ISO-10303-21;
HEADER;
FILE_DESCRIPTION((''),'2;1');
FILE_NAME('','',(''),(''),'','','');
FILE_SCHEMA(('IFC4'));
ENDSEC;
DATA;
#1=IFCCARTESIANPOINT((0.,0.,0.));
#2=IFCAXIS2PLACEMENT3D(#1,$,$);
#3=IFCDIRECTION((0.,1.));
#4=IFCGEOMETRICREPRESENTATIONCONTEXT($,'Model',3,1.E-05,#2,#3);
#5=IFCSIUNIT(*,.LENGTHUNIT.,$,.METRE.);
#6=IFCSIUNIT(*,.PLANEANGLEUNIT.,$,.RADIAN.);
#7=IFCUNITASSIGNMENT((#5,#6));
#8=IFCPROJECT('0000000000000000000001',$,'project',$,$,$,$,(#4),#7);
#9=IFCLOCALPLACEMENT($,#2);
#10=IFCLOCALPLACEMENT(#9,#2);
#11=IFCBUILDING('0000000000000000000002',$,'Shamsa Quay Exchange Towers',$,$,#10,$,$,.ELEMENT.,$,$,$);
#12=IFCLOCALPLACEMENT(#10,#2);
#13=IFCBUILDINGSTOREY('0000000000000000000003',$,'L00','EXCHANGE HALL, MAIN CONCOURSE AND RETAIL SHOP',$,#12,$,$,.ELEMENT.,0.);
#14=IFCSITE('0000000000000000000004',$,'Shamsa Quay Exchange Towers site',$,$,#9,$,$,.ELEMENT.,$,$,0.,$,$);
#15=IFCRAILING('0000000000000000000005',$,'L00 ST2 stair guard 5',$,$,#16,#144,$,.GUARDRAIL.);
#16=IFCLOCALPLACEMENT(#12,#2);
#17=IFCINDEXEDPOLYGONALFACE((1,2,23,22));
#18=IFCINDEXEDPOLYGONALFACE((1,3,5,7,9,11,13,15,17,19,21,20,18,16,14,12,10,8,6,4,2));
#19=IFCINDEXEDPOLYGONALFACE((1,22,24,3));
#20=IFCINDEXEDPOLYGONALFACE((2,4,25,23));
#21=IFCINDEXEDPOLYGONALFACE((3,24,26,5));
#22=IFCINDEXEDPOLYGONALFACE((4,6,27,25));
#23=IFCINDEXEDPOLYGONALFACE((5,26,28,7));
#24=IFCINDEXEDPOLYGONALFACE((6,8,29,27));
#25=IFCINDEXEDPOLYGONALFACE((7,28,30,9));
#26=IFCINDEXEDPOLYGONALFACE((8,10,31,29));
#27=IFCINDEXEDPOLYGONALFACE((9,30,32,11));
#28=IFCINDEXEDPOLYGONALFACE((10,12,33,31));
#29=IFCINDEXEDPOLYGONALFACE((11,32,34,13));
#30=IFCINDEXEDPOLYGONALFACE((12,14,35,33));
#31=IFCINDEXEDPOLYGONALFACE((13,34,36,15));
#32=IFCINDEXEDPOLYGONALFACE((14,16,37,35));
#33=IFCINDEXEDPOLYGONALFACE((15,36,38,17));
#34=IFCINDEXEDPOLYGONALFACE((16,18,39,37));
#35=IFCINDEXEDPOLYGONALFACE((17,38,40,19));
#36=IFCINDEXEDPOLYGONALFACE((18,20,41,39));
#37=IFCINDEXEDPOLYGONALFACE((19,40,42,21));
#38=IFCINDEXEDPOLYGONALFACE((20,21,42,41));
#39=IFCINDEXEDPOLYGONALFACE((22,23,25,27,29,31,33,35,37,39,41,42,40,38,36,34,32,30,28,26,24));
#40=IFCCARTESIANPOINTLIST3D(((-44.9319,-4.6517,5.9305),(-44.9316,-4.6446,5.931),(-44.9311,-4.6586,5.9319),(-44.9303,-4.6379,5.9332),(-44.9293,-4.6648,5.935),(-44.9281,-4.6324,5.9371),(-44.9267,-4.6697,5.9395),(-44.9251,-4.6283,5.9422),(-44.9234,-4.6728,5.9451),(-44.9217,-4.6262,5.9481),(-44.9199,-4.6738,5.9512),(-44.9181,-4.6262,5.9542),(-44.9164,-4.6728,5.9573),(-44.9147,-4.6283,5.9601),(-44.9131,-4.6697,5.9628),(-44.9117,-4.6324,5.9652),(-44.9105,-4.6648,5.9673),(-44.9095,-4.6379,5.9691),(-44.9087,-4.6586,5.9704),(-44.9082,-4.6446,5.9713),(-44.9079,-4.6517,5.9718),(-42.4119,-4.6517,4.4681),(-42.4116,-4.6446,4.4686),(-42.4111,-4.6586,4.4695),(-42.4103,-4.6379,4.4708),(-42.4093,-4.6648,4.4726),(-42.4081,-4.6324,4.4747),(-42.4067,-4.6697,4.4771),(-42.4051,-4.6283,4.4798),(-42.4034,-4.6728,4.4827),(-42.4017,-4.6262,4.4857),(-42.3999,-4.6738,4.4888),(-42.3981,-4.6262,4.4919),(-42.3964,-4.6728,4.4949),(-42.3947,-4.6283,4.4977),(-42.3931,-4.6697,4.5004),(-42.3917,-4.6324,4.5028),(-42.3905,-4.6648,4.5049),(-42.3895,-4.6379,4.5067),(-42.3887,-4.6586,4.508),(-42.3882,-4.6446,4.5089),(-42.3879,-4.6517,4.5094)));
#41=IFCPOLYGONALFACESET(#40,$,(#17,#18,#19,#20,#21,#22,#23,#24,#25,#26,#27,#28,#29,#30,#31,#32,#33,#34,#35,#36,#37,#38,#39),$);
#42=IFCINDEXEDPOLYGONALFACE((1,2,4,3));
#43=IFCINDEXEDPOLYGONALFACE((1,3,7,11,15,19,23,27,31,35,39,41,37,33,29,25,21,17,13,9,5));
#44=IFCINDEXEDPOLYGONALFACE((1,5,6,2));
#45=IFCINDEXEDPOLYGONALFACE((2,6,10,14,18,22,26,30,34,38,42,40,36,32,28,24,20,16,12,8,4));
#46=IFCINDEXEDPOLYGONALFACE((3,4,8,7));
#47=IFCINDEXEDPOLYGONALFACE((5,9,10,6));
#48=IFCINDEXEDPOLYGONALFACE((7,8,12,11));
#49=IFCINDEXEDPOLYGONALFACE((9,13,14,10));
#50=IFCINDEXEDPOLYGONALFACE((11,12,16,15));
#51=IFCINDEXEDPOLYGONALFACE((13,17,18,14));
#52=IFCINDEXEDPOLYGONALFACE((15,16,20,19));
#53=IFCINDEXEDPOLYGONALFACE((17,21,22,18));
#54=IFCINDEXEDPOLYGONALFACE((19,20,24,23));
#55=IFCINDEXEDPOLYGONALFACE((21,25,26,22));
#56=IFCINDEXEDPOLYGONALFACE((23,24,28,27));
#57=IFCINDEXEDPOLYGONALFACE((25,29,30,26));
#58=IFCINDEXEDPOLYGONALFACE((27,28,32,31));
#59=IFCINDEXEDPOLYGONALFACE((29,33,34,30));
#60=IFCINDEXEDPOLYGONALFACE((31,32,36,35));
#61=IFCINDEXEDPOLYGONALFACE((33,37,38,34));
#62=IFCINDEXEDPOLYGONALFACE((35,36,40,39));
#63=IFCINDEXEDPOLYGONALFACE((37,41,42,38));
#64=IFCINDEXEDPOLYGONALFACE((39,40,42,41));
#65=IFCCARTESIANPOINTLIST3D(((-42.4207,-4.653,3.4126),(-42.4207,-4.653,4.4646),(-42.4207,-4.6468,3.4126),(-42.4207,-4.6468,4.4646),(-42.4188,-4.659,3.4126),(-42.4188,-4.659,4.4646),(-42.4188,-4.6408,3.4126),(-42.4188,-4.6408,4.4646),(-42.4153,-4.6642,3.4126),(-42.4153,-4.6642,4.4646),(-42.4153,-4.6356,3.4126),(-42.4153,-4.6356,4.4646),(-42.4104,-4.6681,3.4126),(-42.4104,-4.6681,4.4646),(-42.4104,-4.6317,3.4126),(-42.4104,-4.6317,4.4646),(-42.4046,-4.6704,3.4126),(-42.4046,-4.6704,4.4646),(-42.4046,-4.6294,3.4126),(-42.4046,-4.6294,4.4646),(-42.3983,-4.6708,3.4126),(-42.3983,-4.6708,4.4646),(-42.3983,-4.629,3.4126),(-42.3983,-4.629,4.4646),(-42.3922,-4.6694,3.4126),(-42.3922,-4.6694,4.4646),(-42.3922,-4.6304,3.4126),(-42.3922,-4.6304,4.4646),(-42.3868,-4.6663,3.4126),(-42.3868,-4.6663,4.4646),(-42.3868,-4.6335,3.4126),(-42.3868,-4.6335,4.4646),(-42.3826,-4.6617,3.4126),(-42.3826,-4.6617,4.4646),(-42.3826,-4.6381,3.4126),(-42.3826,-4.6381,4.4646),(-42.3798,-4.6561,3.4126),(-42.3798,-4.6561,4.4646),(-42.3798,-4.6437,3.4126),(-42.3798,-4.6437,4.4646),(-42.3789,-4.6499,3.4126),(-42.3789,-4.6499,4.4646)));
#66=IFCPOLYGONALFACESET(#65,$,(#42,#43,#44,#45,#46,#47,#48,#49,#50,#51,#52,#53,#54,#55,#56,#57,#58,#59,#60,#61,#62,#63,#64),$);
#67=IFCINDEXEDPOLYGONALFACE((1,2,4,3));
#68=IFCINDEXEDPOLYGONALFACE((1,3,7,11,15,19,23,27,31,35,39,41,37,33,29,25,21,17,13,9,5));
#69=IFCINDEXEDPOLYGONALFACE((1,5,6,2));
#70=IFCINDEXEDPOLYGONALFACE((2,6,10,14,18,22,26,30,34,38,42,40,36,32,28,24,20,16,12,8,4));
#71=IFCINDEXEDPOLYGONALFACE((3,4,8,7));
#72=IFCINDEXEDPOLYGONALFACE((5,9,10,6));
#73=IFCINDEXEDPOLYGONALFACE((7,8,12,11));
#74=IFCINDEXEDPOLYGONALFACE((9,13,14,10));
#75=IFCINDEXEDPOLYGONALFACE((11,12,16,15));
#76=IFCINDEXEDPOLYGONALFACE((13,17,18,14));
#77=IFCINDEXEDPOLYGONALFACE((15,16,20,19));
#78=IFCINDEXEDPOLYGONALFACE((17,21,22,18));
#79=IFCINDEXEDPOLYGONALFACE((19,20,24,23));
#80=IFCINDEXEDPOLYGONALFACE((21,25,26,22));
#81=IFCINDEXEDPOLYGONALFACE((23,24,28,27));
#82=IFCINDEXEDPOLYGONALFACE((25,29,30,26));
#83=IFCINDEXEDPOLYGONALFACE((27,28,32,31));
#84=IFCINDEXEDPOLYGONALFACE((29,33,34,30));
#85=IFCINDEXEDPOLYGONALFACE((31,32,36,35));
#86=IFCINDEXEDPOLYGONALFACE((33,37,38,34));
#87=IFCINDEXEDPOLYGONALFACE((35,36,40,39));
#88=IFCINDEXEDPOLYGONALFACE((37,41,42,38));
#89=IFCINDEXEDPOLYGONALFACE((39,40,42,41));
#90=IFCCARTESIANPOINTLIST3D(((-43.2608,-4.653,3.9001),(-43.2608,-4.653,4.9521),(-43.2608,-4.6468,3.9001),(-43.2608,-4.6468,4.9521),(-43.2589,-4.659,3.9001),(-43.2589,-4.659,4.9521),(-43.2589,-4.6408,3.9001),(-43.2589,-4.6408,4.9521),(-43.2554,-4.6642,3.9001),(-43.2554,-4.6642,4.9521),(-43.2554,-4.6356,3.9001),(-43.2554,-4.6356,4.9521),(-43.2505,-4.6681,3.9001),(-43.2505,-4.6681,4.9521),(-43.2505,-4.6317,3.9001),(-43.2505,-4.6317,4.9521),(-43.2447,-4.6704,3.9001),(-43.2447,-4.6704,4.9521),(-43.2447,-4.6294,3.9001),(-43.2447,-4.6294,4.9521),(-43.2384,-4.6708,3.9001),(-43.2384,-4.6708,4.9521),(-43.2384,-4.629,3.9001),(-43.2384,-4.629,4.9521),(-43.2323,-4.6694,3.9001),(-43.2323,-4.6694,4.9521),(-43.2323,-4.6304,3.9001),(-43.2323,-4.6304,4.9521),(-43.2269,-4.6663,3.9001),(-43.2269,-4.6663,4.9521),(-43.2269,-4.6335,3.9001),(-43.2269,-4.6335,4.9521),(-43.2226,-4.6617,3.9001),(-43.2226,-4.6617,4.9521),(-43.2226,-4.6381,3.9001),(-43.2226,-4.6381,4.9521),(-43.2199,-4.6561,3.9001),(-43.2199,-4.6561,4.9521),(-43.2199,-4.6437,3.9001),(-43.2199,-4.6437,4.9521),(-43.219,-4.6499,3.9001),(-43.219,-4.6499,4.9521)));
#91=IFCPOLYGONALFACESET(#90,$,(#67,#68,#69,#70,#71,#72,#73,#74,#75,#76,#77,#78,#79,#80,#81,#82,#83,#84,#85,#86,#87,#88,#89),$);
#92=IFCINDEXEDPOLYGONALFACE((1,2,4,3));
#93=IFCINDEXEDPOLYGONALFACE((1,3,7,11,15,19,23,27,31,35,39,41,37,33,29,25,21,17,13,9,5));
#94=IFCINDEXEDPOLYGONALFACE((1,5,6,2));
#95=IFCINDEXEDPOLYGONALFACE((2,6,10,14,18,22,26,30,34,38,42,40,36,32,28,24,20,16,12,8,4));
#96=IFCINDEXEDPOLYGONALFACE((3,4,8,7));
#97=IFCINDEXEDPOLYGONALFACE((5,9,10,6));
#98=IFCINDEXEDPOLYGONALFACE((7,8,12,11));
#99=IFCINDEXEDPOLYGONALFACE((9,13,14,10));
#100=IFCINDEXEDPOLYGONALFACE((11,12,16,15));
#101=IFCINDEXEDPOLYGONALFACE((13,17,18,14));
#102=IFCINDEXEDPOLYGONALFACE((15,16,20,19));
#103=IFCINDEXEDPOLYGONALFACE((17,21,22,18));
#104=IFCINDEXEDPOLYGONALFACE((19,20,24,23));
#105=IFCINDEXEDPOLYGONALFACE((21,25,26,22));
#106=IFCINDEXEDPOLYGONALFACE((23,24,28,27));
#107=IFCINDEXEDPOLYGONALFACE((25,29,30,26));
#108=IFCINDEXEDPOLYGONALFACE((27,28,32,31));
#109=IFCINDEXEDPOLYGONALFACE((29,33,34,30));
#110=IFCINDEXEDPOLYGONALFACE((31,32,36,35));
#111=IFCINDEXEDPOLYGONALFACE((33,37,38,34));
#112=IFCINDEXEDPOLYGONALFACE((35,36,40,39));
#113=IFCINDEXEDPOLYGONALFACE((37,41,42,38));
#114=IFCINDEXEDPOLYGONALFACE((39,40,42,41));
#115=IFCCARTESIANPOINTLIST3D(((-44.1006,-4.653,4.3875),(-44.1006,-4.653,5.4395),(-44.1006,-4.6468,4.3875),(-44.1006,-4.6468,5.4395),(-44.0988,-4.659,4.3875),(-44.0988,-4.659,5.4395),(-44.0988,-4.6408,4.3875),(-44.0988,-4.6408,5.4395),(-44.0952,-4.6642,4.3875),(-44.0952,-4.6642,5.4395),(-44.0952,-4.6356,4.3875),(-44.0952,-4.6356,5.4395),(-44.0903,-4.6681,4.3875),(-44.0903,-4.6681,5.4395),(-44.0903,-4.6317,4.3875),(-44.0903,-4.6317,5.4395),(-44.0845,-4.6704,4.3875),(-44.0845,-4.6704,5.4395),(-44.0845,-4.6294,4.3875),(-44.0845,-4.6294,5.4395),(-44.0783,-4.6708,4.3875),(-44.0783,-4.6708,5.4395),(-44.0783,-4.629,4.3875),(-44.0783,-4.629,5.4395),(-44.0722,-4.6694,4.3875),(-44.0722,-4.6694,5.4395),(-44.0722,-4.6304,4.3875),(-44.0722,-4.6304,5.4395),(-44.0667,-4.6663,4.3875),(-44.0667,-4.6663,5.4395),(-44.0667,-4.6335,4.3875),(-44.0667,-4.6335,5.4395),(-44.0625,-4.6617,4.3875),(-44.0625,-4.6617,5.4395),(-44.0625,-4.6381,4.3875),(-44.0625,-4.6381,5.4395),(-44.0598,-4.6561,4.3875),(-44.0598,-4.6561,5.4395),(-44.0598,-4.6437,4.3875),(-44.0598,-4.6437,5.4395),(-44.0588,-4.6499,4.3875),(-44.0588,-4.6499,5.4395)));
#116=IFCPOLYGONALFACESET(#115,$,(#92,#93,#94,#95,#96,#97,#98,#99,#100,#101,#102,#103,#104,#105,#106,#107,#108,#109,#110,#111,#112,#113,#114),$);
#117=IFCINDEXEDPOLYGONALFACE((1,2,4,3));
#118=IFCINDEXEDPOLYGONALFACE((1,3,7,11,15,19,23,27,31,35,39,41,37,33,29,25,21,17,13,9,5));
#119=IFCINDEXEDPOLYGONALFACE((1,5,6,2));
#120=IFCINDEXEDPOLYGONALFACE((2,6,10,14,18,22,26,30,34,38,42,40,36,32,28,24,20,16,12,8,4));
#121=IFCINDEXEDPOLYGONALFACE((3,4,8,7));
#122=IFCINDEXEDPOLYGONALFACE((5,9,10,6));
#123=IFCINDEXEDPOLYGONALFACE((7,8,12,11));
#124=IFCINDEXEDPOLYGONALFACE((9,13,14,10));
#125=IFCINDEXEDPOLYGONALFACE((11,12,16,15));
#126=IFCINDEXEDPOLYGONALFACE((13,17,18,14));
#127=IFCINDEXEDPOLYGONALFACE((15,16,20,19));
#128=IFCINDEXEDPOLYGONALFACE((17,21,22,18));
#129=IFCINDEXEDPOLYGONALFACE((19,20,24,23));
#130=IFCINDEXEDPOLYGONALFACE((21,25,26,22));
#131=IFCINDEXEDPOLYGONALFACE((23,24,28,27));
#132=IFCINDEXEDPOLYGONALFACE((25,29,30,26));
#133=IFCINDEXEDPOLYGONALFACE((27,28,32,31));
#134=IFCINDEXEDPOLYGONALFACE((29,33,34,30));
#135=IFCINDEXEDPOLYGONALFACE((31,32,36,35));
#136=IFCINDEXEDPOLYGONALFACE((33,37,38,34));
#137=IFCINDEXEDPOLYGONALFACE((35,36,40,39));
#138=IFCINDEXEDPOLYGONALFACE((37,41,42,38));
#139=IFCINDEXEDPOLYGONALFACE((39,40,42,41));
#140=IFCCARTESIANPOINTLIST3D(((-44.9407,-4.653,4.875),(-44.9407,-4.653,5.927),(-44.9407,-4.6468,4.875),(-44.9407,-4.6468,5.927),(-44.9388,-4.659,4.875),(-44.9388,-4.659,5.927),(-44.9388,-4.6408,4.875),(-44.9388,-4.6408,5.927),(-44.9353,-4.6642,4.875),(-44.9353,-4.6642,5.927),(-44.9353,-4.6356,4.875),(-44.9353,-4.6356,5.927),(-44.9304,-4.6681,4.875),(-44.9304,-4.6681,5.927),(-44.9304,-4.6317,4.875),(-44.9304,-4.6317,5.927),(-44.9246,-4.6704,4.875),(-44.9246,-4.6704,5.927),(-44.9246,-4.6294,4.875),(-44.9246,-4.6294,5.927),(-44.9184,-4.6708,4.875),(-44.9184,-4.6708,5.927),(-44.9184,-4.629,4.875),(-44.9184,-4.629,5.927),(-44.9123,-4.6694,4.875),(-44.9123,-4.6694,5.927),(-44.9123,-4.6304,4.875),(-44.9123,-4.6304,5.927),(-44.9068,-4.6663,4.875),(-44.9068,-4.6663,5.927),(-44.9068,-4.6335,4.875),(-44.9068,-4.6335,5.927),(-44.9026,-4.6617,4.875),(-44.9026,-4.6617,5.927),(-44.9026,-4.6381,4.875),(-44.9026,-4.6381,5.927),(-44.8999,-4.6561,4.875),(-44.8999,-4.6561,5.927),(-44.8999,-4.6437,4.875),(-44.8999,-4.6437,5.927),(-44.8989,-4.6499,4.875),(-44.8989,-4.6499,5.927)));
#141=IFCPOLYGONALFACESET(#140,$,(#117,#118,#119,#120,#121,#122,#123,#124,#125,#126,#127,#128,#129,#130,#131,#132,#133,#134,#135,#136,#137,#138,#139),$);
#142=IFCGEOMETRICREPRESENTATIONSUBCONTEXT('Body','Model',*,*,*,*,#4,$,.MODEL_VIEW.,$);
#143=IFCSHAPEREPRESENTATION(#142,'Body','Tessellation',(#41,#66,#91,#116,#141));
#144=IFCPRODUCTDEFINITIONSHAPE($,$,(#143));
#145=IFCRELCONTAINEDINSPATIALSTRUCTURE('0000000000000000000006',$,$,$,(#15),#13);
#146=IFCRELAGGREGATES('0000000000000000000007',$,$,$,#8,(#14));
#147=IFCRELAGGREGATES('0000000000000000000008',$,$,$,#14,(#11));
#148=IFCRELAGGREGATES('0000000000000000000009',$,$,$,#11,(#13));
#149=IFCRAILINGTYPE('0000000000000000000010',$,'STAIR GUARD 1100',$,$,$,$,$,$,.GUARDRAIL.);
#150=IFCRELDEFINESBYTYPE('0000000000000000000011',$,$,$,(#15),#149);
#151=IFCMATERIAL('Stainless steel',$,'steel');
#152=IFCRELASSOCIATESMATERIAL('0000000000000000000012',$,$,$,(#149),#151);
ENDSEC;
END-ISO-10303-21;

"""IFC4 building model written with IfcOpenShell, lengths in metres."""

from ifc_helpers import new_model, si_unit, direction, frame, origin, origin_2d, place, context, subcontext, project, spatial, circle, extrude, material, type_object, element, save


model = new_model("IFC4")

# Units and contexts
model_context = context("Model", 3, precision=1e-05, world=origin(), true_north=direction((0.0, 1.0)))
body_context = subcontext(model_context, "Body", "Model", "MODEL_VIEW")
ifc_project = project(units=[si_unit("LENGTHUNIT", "METRE"), si_unit("PLANEANGLEUNIT", "RADIAN")], contexts=[model_context])

# Site, building, storey
site_placement = place(None, origin())
site = spatial("IfcSite", under=ifc_project, at=site_placement, Name="Shamsa Quay Exchange Towers site", CompositionType="ELEMENT", RefElevation=0.0)
building_placement = place(site_placement, origin())
building = spatial("IfcBuilding", under=site, at=building_placement, Name="Shamsa Quay Exchange Towers", CompositionType="ELEMENT")
storey_placement = place(building_placement, origin())
storey = spatial("IfcBuildingStorey", under=building, at=storey_placement, Name="L00", Description="EXCHANGE HALL, MAIN CONCOURSE AND RETAIL SHOP", CompositionType="ELEMENT", Elevation=0.0)

# Railing
ifc_material_1 = material(Name="Stainless steel", Category="steel")
railing_type_1 = type_object("IfcRailingType", Name="STAIR GUARD 1100", PredefinedType="GUARDRAIL", material=ifc_material_1)
railing_1_placement = place(storey_placement, frame((-42.3999, -4.6499, 3.4126)))
element("IfcRailing", 1, at=railing_1_placement, inside=storey, type_object=railing_type_1, Name="L00 ST2 stair guard 5", PredefinedType="GUARDRAIL", context=body_context, shape_type="SweptSolid", body=[
    extrude(circle(Radius=0.0239, at=origin_2d()), frame((0.0, 0.0, 1.0762), z_axis=(-0.864913, 0.0, 0.501921), x_axis=(0.0, -1.0, 0.0)), (0.0, 0.0, 1.0), 2.9136),
    extrude(circle(Radius=0.021, at=origin_2d()), origin(), (0.0, 0.0, 1.0), 1.052),
    extrude(circle(Radius=0.021, at=origin_2d()), frame((-0.8401, 0.0, 0.4875)), (0.0, 0.0, 1.0), 1.052),
    extrude(circle(Radius=0.021, at=origin_2d()), frame((-1.6799, 0.0, 0.9749)), (0.0, 0.0, 1.0), 1.052),
    extrude(circle(Radius=0.021, at=origin_2d()), frame((-2.52, 0.0, 1.4624)), (0.0, 0.0, 1.0), 1.052),
])

save(model, "model.ifc")
